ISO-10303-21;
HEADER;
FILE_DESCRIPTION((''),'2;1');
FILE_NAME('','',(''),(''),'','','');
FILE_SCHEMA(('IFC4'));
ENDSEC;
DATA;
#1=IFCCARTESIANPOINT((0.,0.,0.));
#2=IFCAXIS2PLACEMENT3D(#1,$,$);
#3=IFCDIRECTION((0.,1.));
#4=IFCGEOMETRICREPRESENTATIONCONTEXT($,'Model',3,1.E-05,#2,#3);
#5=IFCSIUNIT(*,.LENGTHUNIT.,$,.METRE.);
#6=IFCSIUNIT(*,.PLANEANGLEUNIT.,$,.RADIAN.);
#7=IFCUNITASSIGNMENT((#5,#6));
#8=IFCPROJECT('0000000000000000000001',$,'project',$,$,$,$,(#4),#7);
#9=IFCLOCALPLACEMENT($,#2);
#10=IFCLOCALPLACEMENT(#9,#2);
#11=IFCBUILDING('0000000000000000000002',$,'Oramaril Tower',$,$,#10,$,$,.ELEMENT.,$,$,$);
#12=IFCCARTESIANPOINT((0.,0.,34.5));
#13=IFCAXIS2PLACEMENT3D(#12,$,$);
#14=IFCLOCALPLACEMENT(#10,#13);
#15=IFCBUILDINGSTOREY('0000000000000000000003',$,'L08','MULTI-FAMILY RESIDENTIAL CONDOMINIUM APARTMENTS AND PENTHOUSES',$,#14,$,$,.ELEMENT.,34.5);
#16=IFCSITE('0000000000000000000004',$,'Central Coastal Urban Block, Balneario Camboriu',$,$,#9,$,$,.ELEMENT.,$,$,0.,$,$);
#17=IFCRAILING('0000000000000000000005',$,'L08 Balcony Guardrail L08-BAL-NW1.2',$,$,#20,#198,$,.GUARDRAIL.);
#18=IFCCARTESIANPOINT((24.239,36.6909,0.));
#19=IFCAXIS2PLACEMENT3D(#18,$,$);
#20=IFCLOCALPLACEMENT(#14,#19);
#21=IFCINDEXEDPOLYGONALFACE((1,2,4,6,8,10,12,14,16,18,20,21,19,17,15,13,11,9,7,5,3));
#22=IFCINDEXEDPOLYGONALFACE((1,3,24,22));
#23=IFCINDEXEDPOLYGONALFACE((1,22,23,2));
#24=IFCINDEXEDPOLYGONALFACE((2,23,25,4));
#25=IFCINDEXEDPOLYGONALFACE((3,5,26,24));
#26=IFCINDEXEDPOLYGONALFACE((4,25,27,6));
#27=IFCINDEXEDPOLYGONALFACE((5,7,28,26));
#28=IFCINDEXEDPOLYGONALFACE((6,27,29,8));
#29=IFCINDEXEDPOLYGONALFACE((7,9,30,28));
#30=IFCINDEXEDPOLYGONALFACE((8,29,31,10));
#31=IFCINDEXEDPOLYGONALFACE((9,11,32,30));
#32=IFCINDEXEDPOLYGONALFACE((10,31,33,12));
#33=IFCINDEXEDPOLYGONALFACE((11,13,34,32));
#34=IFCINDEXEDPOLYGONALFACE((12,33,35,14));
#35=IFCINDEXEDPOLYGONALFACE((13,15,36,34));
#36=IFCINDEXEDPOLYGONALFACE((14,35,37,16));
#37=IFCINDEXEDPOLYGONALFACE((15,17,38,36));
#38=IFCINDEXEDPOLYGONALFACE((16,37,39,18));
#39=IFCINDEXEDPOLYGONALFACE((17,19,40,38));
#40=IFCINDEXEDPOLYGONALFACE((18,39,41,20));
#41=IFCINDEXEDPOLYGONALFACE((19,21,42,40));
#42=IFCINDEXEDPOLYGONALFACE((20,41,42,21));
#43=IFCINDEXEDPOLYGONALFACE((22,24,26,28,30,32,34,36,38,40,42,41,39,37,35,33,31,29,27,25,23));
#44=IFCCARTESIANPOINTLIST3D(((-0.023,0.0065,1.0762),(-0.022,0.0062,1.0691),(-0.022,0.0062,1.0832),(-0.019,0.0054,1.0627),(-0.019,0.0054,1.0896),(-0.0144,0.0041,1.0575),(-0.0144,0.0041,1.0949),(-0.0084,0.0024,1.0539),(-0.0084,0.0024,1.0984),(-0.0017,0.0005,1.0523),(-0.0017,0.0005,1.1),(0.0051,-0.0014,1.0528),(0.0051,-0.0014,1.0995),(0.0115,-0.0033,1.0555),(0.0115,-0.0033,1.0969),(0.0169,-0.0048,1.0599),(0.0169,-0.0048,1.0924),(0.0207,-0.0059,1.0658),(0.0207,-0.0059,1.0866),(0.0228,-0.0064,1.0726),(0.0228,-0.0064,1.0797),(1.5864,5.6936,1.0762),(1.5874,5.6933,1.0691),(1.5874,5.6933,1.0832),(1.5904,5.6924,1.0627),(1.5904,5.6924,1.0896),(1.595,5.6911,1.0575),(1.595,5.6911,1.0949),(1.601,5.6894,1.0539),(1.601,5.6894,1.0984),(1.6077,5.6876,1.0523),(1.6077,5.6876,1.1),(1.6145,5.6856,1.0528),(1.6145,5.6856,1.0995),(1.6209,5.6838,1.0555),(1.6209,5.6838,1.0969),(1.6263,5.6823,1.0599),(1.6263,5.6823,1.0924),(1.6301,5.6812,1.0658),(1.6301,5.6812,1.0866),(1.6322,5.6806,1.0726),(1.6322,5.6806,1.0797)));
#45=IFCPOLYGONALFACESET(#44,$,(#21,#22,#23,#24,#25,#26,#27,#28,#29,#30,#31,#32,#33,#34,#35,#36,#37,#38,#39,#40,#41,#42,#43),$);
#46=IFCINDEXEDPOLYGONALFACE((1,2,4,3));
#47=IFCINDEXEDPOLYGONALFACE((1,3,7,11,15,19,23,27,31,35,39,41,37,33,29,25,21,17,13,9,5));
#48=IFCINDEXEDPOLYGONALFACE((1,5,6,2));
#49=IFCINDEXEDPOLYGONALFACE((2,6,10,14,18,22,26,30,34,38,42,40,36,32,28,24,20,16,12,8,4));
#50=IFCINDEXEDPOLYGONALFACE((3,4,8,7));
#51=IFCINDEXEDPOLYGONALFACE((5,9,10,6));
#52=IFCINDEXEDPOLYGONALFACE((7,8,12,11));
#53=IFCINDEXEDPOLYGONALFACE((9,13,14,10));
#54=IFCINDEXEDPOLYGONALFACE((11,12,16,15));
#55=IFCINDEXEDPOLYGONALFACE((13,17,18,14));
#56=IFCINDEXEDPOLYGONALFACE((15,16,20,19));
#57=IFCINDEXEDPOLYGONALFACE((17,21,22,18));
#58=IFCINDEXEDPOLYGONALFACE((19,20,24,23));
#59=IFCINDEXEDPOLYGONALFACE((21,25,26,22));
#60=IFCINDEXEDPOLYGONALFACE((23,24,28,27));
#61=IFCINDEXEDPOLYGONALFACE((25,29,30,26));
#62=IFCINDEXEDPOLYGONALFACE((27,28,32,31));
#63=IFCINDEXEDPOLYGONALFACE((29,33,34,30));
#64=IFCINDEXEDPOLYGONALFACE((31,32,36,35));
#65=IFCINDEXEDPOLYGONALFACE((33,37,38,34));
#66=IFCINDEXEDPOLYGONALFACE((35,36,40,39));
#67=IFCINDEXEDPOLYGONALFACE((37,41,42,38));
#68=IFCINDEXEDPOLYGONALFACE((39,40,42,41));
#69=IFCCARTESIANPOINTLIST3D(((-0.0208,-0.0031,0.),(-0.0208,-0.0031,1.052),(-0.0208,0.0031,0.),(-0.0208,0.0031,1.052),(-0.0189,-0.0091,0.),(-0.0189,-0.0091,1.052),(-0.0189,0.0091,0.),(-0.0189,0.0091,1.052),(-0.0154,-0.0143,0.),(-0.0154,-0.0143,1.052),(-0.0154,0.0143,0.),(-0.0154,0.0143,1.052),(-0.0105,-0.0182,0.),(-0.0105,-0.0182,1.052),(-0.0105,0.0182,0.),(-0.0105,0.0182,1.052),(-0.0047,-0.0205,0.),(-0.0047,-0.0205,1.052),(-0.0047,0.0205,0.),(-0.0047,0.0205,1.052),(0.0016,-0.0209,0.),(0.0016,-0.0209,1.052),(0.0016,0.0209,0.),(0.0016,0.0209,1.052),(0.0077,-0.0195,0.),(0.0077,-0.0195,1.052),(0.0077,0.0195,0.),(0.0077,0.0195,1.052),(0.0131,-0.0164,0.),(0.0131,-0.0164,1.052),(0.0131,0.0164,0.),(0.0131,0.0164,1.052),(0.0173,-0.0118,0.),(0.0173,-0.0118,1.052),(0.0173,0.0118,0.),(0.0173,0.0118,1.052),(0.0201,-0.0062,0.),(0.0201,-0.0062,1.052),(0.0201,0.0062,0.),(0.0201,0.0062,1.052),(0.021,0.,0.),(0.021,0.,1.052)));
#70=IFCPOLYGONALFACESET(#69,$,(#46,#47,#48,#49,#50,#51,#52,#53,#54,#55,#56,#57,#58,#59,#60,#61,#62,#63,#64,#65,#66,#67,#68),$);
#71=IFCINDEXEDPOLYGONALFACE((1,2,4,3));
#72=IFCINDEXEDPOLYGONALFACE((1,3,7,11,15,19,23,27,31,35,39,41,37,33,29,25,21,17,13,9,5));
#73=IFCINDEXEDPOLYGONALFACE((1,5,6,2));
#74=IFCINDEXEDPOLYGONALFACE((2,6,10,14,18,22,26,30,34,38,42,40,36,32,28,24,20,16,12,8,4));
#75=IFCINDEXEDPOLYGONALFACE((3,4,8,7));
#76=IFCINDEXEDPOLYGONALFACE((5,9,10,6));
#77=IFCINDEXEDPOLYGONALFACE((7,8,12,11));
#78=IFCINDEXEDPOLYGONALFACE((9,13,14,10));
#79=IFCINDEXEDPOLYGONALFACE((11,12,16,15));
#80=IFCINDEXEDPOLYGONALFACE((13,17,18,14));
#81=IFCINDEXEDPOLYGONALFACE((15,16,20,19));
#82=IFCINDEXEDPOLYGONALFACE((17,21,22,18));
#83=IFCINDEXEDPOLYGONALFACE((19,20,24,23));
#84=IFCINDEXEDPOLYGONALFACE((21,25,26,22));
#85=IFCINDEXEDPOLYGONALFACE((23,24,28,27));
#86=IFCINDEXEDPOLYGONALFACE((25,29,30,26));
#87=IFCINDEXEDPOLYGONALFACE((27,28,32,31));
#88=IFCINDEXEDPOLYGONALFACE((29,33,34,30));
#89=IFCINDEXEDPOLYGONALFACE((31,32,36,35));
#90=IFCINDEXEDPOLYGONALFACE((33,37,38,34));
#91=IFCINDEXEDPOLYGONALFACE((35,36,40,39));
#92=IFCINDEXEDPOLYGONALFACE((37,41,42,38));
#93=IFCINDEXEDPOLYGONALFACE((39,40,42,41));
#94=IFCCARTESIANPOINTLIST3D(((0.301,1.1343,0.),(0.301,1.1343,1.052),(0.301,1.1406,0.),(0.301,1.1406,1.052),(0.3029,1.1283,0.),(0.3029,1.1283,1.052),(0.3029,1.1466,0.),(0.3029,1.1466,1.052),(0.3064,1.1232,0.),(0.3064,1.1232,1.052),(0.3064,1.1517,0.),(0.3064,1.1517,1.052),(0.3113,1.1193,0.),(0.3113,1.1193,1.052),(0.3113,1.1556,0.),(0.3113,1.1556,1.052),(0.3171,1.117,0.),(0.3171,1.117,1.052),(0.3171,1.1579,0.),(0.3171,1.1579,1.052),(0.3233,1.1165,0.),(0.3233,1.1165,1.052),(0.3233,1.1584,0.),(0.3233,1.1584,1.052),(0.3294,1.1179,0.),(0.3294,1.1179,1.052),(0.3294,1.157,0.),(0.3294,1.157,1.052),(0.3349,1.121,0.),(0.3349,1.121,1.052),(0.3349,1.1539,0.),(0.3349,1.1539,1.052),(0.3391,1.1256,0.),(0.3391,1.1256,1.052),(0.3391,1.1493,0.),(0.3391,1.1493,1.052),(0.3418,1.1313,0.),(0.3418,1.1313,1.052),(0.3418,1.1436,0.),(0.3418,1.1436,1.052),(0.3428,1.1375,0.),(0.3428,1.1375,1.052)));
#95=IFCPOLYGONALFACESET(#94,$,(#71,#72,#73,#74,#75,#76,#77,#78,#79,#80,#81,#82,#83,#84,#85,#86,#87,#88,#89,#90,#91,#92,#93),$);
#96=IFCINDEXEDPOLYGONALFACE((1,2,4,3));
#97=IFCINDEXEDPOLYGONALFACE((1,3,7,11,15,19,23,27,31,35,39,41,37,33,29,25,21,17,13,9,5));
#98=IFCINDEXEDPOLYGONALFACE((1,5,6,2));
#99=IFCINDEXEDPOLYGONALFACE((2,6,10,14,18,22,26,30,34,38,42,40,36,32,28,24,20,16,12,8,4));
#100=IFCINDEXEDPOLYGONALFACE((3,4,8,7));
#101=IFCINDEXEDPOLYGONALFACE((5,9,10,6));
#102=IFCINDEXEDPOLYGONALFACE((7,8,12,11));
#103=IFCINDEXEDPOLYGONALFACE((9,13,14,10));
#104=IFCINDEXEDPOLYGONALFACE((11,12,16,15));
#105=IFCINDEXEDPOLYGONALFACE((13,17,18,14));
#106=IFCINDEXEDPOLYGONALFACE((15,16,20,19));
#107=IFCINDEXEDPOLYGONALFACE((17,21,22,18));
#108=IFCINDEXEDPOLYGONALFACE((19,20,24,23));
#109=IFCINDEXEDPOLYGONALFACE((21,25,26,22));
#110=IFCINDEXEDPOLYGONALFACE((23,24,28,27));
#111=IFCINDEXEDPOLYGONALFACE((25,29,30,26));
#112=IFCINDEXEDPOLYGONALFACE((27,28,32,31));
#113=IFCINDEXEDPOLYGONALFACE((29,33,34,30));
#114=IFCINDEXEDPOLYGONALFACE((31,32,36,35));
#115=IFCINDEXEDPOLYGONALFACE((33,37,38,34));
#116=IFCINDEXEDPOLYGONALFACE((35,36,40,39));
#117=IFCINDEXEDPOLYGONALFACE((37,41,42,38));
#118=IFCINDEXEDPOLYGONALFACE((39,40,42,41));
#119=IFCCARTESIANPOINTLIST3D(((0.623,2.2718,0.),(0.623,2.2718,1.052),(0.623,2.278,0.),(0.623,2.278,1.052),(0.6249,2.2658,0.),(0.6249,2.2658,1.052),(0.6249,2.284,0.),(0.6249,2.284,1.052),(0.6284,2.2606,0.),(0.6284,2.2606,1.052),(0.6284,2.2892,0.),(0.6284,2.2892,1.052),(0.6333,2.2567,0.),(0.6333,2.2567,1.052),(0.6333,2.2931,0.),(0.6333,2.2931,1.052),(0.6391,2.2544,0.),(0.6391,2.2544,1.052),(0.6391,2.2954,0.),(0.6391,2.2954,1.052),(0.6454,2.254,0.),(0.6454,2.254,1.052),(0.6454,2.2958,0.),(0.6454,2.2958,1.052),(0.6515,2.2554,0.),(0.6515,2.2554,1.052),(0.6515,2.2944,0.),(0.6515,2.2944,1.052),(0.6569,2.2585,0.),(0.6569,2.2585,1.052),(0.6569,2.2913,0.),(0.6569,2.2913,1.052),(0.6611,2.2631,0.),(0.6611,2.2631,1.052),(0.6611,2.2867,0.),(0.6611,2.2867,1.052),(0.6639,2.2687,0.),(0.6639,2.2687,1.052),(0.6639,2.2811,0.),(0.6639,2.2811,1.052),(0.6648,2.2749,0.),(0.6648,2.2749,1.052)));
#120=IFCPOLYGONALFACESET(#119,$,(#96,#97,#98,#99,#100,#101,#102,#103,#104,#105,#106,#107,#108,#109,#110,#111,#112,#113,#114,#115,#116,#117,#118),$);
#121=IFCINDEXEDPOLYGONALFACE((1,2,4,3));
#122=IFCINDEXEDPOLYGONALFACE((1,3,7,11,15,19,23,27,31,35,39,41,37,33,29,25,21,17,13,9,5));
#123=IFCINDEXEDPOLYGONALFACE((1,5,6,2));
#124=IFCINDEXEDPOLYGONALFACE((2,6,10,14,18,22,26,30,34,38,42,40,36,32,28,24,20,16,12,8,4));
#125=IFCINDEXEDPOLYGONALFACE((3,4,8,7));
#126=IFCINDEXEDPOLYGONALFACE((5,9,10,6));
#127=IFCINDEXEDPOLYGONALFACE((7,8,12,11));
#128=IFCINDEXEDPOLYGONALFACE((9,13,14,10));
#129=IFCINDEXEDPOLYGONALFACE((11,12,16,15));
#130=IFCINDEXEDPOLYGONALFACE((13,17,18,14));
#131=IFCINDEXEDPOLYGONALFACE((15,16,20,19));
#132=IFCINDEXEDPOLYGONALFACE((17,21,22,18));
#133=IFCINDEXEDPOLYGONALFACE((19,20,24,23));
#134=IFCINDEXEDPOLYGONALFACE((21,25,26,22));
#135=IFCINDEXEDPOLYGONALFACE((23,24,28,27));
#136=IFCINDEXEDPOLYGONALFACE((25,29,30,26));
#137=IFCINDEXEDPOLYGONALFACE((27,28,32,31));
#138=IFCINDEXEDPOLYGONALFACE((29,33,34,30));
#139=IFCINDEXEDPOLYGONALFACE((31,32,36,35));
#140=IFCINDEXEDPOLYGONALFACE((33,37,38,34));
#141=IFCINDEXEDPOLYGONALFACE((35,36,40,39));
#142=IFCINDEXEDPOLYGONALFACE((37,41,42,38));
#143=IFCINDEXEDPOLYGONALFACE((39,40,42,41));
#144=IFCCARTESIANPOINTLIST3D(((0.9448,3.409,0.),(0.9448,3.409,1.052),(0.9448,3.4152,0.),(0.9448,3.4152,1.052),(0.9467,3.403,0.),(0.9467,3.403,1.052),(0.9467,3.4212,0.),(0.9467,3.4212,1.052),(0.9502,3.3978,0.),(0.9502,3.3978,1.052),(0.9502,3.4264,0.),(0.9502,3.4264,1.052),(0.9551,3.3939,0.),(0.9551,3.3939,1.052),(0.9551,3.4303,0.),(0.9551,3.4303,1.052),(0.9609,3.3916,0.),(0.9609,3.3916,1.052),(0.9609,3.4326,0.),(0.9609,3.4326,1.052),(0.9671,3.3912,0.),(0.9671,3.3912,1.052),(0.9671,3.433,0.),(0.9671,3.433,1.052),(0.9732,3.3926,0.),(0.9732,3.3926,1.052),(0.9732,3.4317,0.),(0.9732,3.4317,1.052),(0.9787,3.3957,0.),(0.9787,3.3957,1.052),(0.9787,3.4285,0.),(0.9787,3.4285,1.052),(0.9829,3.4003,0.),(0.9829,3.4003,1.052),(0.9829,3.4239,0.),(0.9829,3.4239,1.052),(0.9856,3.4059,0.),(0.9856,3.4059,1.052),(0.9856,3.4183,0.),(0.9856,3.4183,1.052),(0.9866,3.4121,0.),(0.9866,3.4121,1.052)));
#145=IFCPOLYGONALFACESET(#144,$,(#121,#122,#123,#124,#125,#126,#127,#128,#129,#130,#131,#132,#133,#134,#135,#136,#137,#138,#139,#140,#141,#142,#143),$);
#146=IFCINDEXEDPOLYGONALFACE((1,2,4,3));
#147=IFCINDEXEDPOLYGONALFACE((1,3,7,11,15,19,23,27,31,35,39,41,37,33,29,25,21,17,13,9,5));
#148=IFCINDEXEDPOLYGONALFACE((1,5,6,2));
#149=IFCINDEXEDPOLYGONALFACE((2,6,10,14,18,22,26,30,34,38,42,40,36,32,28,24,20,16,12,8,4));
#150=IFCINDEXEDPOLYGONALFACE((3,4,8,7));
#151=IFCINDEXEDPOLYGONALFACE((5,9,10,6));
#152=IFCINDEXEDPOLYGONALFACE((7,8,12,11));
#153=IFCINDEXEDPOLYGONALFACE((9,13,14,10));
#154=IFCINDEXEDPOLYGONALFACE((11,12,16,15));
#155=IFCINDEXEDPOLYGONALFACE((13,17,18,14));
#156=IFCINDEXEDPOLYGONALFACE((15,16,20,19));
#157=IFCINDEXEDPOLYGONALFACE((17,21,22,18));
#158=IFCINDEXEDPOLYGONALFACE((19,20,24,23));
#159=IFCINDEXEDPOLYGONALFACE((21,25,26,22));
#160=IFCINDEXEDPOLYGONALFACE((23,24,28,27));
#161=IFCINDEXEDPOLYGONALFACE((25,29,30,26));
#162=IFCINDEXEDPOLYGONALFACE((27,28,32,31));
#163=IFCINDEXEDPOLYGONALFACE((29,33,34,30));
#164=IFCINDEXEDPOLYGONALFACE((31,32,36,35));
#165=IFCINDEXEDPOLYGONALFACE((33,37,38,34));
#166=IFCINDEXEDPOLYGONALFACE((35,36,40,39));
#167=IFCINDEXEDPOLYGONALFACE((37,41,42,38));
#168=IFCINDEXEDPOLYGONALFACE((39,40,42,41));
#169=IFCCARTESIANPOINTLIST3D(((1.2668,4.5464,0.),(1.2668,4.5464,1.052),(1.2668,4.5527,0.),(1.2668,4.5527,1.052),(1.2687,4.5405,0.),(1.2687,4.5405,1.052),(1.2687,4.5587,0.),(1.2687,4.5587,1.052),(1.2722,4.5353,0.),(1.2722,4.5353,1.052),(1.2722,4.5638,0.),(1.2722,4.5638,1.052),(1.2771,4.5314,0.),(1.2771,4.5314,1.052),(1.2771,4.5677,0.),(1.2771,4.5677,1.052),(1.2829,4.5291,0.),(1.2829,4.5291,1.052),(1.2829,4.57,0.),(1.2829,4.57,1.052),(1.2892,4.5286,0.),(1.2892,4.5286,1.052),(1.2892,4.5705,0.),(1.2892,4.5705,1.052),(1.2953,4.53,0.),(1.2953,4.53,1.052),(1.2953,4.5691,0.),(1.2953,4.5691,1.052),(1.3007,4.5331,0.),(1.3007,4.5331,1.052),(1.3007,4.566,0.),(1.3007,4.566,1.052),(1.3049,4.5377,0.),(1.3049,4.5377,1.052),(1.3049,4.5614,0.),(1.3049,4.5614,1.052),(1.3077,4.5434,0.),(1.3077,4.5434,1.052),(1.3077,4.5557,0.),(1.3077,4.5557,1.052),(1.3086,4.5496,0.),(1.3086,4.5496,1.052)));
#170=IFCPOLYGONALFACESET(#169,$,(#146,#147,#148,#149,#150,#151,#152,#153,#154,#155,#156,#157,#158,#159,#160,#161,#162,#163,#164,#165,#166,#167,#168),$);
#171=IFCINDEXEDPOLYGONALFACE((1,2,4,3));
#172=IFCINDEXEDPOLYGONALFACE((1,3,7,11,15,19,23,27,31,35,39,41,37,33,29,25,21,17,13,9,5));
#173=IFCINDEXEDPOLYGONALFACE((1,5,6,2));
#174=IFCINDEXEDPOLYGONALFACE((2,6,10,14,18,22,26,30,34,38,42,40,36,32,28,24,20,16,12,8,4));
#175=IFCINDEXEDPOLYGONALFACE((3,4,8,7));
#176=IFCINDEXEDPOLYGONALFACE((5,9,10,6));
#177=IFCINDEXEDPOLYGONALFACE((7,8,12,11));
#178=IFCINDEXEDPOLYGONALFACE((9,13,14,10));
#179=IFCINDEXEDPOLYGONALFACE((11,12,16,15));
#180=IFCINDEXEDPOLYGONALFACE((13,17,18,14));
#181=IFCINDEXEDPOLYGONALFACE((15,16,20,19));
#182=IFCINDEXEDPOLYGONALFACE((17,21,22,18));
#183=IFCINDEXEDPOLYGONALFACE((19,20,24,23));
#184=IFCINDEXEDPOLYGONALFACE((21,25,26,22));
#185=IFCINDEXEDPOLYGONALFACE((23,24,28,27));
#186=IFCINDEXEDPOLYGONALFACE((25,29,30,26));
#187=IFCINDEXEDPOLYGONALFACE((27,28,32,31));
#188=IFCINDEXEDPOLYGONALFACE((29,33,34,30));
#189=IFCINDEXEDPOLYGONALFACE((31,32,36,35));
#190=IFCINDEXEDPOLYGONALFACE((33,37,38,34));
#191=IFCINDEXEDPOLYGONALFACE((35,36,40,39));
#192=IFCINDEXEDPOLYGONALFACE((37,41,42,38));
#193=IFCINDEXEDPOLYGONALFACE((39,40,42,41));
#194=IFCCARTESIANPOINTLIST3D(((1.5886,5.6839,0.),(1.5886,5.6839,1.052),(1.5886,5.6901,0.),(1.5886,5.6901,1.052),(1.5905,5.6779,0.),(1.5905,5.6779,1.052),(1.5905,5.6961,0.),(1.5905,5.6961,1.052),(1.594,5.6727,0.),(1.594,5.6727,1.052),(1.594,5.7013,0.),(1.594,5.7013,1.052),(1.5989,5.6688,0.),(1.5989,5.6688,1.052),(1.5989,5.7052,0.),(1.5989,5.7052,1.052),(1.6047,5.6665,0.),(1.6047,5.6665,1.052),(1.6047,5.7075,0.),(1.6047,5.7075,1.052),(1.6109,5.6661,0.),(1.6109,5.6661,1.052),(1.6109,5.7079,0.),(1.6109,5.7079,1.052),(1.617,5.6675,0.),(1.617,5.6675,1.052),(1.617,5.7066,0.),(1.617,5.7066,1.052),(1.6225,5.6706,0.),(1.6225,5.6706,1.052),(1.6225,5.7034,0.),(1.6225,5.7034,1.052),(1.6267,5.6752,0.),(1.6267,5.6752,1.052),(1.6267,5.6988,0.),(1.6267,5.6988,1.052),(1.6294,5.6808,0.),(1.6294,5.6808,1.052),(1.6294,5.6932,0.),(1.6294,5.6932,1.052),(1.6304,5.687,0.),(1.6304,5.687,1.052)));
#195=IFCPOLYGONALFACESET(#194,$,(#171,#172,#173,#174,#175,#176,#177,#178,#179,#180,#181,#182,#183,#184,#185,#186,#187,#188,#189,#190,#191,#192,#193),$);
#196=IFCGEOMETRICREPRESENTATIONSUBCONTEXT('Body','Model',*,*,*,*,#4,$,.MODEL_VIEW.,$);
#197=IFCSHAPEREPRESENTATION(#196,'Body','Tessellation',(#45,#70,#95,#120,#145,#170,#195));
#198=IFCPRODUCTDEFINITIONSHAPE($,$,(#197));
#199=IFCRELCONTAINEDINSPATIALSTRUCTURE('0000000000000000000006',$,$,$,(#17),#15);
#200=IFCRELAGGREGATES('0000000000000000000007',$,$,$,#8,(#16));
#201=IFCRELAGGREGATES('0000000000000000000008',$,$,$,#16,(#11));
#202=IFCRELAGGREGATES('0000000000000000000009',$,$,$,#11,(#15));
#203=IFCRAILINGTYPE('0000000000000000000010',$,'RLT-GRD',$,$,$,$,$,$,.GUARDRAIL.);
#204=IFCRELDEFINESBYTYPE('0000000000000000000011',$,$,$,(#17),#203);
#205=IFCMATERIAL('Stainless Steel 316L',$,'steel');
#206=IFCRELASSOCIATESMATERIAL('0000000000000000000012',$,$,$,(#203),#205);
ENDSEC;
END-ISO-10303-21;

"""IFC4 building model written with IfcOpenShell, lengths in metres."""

from ifc_helpers import new_model, si_unit, direction, frame, origin, origin_2d, place, context, subcontext, project, spatial, circle, extrude, material, type_object, element, save


model = new_model("IFC4")

# Units and contexts
model_context = context("Model", 3, precision=1e-05, world=origin(), true_north=direction((0.0, 1.0)))
body_context = subcontext(model_context, "Body", "Model", "MODEL_VIEW")
ifc_project = project(units=[si_unit("LENGTHUNIT", "METRE"), si_unit("PLANEANGLEUNIT", "RADIAN")], contexts=[model_context])

# Site, building, storey
site_placement = place(None, origin())
site = spatial("IfcSite", under=ifc_project, at=site_placement, Name="Central Coastal Urban Block, Balneario Camboriu", CompositionType="ELEMENT", RefElevation=0.0)
building_placement = place(site_placement, origin())
building = spatial("IfcBuilding", under=site, at=building_placement, Name="Oramaril Tower", CompositionType="ELEMENT")
storey_placement = place(building_placement, frame((0.0, 0.0, 34.5)))
storey = spatial("IfcBuildingStorey", under=building, at=storey_placement, Name="L08", Description="MULTI-FAMILY RESIDENTIAL CONDOMINIUM APARTMENTS AND PENTHOUSES", CompositionType="ELEMENT", Elevation=34.5)

# Railing
ifc_material_1 = material(Name="Stainless Steel 316L", Category="steel")
railing_type = type_object("IfcRailingType", Name="RLT-GRD", PredefinedType="GUARDRAIL", material=ifc_material_1)
railing_1_placement = place(storey_placement, frame((24.239, 36.6909, 0.0)))
element("IfcRailing", 1, at=railing_1_placement, inside=storey, type_object=railing_type, Name="L08 Balcony Guardrail L08-BAL-NW1.2", PredefinedType="GUARDRAIL", context=body_context, shape_type="SweptSolid", body=[
    extrude(circle(Radius=0.0239, at=origin_2d()), frame((0.0, 0.0, 1.0762), z_axis=(0.272298, 0.962213, 0.0), x_axis=(-0.962213, 0.272298, 0.0)), (0.0, 0.0, 1.0), 5.9104),
    extrude(circle(Radius=0.021, at=origin_2d()), origin(), (0.0, 0.0, 1.0), 1.052),
    extrude(circle(Radius=0.021, at=origin_2d()), frame((0.3218, 1.1375, 0.0)), (0.0, 0.0, 1.0), 1.052),
    extrude(circle(Radius=0.021, at=origin_2d()), frame((0.6438, 2.2749, 0.0)), (0.0, 0.0, 1.0), 1.052),
    extrude(circle(Radius=0.021, at=origin_2d()), frame((0.9656, 3.4121, 0.0)), (0.0, 0.0, 1.0), 1.052),
    extrude(circle(Radius=0.021, at=origin_2d()), frame((1.2876, 4.5496, 0.0)), (0.0, 0.0, 1.0), 1.052),
    extrude(circle(Radius=0.021, at=origin_2d()), frame((1.6094, 5.687, 0.0)), (0.0, 0.0, 1.0), 1.052),
])

save(model, "model.ifc")
